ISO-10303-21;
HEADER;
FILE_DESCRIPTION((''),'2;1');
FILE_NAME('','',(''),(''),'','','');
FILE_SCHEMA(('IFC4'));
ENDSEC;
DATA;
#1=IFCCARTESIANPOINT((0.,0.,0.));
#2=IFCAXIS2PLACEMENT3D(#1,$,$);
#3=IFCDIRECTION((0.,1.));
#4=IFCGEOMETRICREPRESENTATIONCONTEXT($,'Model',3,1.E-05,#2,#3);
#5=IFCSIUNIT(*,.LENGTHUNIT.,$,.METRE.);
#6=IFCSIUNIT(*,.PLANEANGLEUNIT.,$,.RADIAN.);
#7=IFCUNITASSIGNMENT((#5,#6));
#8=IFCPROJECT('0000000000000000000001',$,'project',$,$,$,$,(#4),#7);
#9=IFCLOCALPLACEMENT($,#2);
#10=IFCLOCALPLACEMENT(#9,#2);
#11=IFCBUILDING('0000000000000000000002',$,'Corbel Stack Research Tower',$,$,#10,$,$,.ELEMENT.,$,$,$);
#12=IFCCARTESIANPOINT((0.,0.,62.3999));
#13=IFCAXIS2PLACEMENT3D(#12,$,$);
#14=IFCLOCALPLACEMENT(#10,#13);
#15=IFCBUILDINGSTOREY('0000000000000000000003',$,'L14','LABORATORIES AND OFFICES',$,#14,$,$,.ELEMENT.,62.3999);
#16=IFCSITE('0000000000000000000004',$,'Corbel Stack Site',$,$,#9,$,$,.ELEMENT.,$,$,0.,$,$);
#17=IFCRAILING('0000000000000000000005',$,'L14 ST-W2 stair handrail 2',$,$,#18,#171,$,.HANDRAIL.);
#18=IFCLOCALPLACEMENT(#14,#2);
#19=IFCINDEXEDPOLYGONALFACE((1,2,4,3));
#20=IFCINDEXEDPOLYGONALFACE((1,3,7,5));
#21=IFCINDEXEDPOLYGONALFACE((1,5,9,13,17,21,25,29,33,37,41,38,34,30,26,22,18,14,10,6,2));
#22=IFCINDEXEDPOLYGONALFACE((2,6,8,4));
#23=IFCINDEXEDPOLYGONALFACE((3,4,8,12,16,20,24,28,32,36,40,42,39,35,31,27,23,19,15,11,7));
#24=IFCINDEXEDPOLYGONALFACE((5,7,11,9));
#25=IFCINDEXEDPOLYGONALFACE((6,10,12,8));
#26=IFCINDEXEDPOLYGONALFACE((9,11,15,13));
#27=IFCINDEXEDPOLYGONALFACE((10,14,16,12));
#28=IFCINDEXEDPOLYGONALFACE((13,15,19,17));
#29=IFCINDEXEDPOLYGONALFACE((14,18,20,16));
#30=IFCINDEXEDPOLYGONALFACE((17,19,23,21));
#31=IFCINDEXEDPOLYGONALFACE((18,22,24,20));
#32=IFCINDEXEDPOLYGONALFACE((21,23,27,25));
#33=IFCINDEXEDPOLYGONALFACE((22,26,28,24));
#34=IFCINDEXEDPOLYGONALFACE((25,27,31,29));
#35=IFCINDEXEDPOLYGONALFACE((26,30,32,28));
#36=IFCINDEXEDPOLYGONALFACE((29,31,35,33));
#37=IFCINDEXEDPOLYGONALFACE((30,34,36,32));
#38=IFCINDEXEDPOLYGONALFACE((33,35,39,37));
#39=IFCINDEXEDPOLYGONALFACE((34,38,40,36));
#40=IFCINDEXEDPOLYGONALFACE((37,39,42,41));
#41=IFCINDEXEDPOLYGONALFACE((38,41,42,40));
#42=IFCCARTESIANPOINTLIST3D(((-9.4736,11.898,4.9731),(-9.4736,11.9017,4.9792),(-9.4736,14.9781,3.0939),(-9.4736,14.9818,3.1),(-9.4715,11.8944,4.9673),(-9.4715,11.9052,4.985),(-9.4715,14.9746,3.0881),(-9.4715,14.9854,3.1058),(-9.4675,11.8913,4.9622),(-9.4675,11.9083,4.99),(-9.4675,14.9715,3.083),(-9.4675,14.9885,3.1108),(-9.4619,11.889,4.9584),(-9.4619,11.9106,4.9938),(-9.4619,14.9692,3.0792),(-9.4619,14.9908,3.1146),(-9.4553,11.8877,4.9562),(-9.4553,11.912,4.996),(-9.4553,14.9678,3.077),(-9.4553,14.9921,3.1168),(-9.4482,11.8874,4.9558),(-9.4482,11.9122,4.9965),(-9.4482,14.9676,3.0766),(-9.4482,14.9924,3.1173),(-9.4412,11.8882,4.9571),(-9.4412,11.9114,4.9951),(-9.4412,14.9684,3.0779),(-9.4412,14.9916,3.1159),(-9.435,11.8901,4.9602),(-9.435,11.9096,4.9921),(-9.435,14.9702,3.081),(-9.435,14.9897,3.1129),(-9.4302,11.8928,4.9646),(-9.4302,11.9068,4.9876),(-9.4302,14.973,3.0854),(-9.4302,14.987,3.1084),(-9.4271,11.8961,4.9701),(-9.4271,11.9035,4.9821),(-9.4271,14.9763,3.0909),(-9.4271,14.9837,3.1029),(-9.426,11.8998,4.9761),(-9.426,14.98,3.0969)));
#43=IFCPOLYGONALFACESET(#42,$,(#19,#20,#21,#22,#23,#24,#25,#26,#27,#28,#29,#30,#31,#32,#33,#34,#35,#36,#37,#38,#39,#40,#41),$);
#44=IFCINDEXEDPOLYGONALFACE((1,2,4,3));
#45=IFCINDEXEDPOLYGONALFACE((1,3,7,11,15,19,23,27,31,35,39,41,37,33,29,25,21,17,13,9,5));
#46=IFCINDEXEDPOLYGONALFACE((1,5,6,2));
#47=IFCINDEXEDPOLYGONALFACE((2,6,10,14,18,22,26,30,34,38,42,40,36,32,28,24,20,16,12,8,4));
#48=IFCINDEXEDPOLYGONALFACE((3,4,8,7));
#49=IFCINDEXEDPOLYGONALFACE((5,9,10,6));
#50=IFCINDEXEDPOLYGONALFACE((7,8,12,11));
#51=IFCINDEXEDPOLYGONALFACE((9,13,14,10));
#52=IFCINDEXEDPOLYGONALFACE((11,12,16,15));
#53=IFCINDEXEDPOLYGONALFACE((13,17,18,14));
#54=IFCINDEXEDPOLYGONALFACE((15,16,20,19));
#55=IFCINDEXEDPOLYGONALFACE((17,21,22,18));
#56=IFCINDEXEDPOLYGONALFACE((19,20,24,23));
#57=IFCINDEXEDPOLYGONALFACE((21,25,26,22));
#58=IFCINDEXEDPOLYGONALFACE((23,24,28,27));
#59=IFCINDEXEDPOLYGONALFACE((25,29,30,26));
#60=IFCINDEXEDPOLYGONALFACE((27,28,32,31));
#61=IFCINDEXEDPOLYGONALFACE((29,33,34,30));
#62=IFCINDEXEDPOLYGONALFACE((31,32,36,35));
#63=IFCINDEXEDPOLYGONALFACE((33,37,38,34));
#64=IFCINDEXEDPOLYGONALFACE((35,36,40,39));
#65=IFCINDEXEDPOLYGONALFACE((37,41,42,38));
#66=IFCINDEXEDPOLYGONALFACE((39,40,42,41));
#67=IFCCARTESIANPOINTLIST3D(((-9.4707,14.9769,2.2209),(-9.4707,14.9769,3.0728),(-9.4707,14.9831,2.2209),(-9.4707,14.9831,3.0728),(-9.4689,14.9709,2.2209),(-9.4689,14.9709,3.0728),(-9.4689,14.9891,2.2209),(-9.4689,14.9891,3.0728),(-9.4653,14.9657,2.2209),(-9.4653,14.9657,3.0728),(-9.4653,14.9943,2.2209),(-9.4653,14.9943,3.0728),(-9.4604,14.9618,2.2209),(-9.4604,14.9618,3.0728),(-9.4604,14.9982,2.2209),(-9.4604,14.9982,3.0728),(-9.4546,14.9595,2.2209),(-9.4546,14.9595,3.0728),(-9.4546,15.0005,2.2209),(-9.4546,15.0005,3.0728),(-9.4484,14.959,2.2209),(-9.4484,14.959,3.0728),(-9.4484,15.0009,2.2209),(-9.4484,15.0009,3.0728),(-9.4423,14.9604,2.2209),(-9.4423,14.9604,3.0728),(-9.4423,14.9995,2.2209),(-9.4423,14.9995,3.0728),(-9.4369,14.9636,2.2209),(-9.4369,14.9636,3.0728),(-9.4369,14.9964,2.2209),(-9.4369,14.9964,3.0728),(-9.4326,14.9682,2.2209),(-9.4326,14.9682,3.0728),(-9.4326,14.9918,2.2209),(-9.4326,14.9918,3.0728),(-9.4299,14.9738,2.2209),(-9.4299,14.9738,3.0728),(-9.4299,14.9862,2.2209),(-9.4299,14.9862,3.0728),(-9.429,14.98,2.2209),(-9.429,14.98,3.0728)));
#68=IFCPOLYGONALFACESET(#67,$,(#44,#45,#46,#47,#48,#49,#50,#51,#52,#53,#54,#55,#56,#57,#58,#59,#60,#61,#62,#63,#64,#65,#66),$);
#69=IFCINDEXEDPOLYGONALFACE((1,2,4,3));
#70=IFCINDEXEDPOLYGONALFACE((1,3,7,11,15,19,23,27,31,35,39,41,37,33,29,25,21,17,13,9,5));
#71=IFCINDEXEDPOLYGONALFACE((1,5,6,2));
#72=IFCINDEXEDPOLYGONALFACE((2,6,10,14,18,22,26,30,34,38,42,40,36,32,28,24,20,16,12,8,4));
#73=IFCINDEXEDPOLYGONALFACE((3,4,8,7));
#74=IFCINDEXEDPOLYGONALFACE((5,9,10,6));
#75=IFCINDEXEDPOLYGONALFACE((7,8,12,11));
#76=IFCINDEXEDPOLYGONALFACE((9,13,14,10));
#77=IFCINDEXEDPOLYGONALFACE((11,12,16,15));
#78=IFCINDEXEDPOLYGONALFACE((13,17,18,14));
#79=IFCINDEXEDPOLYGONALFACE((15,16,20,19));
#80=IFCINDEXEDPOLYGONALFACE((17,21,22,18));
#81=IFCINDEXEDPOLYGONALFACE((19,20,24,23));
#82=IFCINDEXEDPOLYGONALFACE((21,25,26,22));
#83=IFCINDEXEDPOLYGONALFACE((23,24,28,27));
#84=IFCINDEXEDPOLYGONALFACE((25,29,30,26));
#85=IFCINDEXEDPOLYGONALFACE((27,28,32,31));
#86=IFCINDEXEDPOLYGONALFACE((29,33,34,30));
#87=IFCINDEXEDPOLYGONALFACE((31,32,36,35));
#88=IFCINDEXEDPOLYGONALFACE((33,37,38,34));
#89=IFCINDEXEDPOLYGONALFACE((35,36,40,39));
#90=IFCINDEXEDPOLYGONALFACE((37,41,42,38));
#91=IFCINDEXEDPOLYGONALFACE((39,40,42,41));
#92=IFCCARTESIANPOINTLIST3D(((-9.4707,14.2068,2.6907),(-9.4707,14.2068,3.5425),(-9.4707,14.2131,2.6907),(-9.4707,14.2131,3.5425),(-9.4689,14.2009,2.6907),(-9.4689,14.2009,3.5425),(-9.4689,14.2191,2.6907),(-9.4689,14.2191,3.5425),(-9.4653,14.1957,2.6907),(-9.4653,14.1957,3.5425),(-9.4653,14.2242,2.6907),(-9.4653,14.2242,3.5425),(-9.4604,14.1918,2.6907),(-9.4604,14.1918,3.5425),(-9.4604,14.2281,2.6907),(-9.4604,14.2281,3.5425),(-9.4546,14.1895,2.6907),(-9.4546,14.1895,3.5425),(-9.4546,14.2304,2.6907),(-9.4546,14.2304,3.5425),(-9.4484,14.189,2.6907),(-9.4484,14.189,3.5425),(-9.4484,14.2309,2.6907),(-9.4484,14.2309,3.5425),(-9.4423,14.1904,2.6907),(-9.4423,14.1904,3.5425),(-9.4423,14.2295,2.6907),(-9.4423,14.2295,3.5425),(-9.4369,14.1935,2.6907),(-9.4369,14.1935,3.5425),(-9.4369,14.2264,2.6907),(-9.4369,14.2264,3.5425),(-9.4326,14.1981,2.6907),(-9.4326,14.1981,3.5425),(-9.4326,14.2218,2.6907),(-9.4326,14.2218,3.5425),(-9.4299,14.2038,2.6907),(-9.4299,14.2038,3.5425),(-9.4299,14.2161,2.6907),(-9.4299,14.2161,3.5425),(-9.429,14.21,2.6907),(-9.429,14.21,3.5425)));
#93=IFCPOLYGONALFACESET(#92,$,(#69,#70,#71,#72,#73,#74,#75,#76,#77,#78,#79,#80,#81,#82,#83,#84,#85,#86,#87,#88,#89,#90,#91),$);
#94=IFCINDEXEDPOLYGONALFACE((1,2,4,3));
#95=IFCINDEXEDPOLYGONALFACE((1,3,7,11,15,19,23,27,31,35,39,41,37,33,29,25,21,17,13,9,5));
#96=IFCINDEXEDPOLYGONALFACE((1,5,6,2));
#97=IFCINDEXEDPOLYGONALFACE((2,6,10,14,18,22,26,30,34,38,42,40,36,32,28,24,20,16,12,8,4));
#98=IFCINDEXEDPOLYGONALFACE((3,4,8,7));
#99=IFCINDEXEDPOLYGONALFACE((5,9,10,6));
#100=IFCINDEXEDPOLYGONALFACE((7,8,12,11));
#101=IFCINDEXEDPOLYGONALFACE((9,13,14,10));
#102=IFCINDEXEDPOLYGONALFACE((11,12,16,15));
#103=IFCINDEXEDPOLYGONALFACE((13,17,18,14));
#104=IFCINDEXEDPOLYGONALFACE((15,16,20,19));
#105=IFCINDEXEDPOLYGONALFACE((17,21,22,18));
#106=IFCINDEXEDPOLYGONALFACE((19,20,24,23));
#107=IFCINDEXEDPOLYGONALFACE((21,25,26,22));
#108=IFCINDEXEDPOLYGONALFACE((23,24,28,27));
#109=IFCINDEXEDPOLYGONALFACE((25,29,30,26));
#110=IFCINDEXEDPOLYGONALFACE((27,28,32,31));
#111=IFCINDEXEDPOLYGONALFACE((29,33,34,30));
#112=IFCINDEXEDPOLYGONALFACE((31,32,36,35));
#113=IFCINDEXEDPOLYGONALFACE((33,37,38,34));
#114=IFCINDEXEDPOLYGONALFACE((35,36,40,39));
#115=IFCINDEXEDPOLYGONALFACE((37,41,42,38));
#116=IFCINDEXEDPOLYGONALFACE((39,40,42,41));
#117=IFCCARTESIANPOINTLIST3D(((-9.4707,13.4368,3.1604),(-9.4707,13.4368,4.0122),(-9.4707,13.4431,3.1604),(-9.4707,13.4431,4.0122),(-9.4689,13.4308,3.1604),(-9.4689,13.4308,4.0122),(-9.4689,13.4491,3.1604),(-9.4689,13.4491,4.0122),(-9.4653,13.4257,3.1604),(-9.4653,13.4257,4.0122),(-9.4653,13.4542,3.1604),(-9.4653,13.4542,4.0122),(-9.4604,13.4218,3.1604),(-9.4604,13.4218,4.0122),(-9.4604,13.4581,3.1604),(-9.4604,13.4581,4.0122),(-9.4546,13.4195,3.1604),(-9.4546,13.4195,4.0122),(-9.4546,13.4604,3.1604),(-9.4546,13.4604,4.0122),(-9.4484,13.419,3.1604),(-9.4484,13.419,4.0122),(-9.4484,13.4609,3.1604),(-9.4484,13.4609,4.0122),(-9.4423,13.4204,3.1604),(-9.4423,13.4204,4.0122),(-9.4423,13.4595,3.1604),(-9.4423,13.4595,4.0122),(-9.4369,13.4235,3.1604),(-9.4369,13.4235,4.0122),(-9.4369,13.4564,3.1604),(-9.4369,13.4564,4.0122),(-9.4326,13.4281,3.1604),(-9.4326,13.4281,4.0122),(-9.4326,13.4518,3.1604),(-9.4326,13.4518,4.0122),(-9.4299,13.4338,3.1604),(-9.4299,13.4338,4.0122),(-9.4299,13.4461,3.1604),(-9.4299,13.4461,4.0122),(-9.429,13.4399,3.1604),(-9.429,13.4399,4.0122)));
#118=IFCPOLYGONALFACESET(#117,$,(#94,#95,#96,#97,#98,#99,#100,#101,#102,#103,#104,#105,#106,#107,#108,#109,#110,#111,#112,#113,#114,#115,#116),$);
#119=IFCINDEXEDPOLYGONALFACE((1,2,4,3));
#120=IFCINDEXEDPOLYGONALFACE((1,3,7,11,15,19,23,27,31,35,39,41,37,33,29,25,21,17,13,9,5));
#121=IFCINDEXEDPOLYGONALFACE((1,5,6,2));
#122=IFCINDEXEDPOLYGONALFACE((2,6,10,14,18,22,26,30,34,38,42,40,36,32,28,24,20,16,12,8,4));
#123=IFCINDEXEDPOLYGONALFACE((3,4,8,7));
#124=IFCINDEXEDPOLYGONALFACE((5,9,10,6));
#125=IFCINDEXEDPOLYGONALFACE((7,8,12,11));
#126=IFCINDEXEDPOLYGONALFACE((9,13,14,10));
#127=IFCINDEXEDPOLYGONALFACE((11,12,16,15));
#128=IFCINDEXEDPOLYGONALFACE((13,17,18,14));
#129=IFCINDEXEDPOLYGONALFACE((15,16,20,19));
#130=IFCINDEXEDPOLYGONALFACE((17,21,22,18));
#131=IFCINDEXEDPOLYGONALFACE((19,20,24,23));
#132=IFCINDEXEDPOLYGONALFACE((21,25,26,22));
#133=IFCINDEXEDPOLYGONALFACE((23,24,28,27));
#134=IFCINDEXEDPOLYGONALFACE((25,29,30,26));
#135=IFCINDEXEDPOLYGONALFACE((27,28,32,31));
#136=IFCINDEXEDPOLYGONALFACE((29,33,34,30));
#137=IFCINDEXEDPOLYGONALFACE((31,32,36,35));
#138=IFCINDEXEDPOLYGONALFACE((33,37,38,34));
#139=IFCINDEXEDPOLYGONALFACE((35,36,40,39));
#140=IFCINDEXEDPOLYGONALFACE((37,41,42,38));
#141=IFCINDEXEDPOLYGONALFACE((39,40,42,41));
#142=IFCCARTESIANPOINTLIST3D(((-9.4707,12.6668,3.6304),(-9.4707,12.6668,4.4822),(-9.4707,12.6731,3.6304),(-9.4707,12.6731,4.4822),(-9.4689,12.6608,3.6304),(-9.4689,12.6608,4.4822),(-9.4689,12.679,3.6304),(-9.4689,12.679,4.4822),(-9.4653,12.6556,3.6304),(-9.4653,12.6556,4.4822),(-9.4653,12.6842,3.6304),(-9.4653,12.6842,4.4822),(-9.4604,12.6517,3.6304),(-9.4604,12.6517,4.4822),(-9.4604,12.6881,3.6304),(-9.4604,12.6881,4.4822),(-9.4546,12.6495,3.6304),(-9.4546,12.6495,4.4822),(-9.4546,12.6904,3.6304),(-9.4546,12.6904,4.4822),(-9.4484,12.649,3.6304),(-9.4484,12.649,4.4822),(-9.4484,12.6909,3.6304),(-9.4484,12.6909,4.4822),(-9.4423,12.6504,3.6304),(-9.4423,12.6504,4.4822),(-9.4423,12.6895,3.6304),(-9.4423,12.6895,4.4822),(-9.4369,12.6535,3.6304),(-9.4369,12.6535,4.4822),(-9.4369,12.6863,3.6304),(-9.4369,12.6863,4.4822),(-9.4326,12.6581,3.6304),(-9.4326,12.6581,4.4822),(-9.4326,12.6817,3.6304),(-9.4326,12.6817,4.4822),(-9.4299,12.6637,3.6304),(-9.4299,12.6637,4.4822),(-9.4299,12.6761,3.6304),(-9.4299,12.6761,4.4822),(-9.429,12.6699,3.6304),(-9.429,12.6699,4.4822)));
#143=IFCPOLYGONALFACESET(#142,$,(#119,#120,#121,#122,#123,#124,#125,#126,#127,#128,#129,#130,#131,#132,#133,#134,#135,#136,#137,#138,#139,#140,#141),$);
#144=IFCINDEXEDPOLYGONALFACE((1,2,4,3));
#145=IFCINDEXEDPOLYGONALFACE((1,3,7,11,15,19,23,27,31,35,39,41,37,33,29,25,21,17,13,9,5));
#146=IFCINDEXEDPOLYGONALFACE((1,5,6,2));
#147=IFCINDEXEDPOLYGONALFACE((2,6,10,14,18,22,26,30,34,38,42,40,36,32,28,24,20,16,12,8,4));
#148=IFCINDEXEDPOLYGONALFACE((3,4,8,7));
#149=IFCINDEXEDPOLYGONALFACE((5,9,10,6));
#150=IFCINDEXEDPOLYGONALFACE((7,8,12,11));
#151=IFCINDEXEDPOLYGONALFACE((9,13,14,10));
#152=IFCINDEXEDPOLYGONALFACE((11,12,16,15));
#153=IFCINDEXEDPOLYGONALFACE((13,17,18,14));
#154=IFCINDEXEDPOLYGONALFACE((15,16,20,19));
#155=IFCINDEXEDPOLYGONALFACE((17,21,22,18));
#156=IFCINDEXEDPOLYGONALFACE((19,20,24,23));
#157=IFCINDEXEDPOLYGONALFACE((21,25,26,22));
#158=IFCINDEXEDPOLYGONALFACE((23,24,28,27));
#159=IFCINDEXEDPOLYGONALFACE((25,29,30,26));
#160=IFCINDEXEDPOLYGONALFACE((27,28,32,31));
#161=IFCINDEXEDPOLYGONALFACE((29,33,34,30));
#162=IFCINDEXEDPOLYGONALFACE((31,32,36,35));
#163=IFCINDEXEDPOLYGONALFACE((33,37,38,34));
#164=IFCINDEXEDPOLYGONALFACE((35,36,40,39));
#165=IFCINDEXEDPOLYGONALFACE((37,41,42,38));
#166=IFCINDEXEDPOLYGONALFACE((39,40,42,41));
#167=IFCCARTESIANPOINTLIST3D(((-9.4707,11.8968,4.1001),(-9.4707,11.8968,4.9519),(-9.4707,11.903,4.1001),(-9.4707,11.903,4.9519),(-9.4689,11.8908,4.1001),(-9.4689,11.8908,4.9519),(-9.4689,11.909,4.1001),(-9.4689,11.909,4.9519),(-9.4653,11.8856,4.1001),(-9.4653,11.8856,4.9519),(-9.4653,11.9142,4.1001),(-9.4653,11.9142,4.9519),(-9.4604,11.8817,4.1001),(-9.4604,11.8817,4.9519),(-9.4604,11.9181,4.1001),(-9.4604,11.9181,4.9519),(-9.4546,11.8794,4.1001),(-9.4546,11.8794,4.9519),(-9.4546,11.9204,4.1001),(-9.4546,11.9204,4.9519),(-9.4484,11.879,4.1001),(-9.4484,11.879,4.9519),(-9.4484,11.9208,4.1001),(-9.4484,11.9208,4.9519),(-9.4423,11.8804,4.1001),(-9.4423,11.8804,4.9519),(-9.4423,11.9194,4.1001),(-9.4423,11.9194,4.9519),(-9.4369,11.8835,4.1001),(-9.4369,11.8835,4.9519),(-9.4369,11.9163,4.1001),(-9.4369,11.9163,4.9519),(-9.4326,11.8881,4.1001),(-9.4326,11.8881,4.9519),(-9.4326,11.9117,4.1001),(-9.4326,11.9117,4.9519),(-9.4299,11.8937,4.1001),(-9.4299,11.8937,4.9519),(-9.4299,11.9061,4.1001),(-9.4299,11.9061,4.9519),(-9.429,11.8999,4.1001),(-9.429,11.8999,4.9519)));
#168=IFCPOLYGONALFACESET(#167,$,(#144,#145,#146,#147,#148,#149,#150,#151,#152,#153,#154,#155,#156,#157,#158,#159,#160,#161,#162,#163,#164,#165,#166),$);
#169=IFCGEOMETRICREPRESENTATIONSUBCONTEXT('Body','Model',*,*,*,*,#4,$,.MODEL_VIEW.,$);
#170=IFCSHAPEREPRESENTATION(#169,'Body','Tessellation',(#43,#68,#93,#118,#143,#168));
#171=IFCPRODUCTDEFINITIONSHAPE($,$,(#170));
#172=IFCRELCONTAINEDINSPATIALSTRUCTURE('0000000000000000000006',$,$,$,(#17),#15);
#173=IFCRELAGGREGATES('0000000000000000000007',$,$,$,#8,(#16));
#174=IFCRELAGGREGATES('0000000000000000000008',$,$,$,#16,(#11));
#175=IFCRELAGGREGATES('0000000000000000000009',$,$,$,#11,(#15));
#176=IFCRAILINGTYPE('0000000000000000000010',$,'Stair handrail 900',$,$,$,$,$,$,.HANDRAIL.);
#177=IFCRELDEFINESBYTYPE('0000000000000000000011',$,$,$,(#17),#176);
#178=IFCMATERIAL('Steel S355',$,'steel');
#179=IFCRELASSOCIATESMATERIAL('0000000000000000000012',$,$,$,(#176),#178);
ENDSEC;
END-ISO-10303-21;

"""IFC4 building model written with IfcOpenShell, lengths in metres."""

from ifc_helpers import new_model, si_unit, direction, frame, origin, origin_2d, place, context, subcontext, project, spatial, circle, extrude, material, type_object, element, save


model = new_model("IFC4")

# Units and contexts
model_context = context("Model", 3, precision=1e-05, world=origin(), true_north=direction((0.0, 1.0)))
body_context = subcontext(model_context, "Body", "Model", "MODEL_VIEW")
ifc_project = project(units=[si_unit("LENGTHUNIT", "METRE"), si_unit("PLANEANGLEUNIT", "RADIAN")], contexts=[model_context])

# Site, building, storey
site_placement = place(None, origin())
site = spatial("IfcSite", under=ifc_project, at=site_placement, Name="Corbel Stack Site", CompositionType="ELEMENT", RefElevation=0.0)
building_placement = place(site_placement, origin())
building = spatial("IfcBuilding", under=site, at=building_placement, Name="Corbel Stack Research Tower", CompositionType="ELEMENT")
storey_placement = place(building_placement, frame((0.0, 0.0, 62.3999)))
storey = spatial("IfcBuildingStorey", under=building, at=storey_placement, Name="L14", Description="LABORATORIES AND OFFICES", CompositionType="ELEMENT", Elevation=62.3999)

# Railing
ifc_material_1 = material(Name="Steel S355", Category="steel")
railing_type_1 = type_object("IfcRailingType", Name="Stair handrail 900", PredefinedType="HANDRAIL", material=ifc_material_1)
railing_1_placement = place(storey_placement, frame((-9.45, 14.98, 2.2209)))
element("IfcRailing", 1, at=railing_1_placement, inside=storey, type_object=railing_type_1, Name="L14 ST-W2 stair handrail 2", PredefinedType="HANDRAIL", context=body_context, shape_type="SweptSolid", body=[
    extrude(circle(Radius=0.0239, at=origin_2d()), frame((0.0, 0.0, 0.876), z_axis=(0.0, -0.853666, 0.52082), x_axis=(1.0, 0.0, 0.0)), (0.0, 0.0, 1.0), 3.6082),
    extrude(circle(Radius=0.021, at=origin_2d()), origin(), (0.0, 0.0, 1.0), 0.8518),
    extrude(circle(Radius=0.021, at=origin_2d()), frame((0.0, -0.77, 0.4697)), (0.0, 0.0, 1.0), 0.8518),
    extrude(circle(Radius=0.021, at=origin_2d()), frame((0.0, -1.54, 0.9395)), (0.0, 0.0, 1.0), 0.8518),
    extrude(circle(Radius=0.021, at=origin_2d()), frame((0.0, -2.3101, 1.4094)), (0.0, 0.0, 1.0), 0.8518),
    extrude(circle(Radius=0.021, at=origin_2d()), frame((0.0, -3.0801, 1.8792)), (0.0, 0.0, 1.0), 0.8518),
])

save(model, "model.ifc")
